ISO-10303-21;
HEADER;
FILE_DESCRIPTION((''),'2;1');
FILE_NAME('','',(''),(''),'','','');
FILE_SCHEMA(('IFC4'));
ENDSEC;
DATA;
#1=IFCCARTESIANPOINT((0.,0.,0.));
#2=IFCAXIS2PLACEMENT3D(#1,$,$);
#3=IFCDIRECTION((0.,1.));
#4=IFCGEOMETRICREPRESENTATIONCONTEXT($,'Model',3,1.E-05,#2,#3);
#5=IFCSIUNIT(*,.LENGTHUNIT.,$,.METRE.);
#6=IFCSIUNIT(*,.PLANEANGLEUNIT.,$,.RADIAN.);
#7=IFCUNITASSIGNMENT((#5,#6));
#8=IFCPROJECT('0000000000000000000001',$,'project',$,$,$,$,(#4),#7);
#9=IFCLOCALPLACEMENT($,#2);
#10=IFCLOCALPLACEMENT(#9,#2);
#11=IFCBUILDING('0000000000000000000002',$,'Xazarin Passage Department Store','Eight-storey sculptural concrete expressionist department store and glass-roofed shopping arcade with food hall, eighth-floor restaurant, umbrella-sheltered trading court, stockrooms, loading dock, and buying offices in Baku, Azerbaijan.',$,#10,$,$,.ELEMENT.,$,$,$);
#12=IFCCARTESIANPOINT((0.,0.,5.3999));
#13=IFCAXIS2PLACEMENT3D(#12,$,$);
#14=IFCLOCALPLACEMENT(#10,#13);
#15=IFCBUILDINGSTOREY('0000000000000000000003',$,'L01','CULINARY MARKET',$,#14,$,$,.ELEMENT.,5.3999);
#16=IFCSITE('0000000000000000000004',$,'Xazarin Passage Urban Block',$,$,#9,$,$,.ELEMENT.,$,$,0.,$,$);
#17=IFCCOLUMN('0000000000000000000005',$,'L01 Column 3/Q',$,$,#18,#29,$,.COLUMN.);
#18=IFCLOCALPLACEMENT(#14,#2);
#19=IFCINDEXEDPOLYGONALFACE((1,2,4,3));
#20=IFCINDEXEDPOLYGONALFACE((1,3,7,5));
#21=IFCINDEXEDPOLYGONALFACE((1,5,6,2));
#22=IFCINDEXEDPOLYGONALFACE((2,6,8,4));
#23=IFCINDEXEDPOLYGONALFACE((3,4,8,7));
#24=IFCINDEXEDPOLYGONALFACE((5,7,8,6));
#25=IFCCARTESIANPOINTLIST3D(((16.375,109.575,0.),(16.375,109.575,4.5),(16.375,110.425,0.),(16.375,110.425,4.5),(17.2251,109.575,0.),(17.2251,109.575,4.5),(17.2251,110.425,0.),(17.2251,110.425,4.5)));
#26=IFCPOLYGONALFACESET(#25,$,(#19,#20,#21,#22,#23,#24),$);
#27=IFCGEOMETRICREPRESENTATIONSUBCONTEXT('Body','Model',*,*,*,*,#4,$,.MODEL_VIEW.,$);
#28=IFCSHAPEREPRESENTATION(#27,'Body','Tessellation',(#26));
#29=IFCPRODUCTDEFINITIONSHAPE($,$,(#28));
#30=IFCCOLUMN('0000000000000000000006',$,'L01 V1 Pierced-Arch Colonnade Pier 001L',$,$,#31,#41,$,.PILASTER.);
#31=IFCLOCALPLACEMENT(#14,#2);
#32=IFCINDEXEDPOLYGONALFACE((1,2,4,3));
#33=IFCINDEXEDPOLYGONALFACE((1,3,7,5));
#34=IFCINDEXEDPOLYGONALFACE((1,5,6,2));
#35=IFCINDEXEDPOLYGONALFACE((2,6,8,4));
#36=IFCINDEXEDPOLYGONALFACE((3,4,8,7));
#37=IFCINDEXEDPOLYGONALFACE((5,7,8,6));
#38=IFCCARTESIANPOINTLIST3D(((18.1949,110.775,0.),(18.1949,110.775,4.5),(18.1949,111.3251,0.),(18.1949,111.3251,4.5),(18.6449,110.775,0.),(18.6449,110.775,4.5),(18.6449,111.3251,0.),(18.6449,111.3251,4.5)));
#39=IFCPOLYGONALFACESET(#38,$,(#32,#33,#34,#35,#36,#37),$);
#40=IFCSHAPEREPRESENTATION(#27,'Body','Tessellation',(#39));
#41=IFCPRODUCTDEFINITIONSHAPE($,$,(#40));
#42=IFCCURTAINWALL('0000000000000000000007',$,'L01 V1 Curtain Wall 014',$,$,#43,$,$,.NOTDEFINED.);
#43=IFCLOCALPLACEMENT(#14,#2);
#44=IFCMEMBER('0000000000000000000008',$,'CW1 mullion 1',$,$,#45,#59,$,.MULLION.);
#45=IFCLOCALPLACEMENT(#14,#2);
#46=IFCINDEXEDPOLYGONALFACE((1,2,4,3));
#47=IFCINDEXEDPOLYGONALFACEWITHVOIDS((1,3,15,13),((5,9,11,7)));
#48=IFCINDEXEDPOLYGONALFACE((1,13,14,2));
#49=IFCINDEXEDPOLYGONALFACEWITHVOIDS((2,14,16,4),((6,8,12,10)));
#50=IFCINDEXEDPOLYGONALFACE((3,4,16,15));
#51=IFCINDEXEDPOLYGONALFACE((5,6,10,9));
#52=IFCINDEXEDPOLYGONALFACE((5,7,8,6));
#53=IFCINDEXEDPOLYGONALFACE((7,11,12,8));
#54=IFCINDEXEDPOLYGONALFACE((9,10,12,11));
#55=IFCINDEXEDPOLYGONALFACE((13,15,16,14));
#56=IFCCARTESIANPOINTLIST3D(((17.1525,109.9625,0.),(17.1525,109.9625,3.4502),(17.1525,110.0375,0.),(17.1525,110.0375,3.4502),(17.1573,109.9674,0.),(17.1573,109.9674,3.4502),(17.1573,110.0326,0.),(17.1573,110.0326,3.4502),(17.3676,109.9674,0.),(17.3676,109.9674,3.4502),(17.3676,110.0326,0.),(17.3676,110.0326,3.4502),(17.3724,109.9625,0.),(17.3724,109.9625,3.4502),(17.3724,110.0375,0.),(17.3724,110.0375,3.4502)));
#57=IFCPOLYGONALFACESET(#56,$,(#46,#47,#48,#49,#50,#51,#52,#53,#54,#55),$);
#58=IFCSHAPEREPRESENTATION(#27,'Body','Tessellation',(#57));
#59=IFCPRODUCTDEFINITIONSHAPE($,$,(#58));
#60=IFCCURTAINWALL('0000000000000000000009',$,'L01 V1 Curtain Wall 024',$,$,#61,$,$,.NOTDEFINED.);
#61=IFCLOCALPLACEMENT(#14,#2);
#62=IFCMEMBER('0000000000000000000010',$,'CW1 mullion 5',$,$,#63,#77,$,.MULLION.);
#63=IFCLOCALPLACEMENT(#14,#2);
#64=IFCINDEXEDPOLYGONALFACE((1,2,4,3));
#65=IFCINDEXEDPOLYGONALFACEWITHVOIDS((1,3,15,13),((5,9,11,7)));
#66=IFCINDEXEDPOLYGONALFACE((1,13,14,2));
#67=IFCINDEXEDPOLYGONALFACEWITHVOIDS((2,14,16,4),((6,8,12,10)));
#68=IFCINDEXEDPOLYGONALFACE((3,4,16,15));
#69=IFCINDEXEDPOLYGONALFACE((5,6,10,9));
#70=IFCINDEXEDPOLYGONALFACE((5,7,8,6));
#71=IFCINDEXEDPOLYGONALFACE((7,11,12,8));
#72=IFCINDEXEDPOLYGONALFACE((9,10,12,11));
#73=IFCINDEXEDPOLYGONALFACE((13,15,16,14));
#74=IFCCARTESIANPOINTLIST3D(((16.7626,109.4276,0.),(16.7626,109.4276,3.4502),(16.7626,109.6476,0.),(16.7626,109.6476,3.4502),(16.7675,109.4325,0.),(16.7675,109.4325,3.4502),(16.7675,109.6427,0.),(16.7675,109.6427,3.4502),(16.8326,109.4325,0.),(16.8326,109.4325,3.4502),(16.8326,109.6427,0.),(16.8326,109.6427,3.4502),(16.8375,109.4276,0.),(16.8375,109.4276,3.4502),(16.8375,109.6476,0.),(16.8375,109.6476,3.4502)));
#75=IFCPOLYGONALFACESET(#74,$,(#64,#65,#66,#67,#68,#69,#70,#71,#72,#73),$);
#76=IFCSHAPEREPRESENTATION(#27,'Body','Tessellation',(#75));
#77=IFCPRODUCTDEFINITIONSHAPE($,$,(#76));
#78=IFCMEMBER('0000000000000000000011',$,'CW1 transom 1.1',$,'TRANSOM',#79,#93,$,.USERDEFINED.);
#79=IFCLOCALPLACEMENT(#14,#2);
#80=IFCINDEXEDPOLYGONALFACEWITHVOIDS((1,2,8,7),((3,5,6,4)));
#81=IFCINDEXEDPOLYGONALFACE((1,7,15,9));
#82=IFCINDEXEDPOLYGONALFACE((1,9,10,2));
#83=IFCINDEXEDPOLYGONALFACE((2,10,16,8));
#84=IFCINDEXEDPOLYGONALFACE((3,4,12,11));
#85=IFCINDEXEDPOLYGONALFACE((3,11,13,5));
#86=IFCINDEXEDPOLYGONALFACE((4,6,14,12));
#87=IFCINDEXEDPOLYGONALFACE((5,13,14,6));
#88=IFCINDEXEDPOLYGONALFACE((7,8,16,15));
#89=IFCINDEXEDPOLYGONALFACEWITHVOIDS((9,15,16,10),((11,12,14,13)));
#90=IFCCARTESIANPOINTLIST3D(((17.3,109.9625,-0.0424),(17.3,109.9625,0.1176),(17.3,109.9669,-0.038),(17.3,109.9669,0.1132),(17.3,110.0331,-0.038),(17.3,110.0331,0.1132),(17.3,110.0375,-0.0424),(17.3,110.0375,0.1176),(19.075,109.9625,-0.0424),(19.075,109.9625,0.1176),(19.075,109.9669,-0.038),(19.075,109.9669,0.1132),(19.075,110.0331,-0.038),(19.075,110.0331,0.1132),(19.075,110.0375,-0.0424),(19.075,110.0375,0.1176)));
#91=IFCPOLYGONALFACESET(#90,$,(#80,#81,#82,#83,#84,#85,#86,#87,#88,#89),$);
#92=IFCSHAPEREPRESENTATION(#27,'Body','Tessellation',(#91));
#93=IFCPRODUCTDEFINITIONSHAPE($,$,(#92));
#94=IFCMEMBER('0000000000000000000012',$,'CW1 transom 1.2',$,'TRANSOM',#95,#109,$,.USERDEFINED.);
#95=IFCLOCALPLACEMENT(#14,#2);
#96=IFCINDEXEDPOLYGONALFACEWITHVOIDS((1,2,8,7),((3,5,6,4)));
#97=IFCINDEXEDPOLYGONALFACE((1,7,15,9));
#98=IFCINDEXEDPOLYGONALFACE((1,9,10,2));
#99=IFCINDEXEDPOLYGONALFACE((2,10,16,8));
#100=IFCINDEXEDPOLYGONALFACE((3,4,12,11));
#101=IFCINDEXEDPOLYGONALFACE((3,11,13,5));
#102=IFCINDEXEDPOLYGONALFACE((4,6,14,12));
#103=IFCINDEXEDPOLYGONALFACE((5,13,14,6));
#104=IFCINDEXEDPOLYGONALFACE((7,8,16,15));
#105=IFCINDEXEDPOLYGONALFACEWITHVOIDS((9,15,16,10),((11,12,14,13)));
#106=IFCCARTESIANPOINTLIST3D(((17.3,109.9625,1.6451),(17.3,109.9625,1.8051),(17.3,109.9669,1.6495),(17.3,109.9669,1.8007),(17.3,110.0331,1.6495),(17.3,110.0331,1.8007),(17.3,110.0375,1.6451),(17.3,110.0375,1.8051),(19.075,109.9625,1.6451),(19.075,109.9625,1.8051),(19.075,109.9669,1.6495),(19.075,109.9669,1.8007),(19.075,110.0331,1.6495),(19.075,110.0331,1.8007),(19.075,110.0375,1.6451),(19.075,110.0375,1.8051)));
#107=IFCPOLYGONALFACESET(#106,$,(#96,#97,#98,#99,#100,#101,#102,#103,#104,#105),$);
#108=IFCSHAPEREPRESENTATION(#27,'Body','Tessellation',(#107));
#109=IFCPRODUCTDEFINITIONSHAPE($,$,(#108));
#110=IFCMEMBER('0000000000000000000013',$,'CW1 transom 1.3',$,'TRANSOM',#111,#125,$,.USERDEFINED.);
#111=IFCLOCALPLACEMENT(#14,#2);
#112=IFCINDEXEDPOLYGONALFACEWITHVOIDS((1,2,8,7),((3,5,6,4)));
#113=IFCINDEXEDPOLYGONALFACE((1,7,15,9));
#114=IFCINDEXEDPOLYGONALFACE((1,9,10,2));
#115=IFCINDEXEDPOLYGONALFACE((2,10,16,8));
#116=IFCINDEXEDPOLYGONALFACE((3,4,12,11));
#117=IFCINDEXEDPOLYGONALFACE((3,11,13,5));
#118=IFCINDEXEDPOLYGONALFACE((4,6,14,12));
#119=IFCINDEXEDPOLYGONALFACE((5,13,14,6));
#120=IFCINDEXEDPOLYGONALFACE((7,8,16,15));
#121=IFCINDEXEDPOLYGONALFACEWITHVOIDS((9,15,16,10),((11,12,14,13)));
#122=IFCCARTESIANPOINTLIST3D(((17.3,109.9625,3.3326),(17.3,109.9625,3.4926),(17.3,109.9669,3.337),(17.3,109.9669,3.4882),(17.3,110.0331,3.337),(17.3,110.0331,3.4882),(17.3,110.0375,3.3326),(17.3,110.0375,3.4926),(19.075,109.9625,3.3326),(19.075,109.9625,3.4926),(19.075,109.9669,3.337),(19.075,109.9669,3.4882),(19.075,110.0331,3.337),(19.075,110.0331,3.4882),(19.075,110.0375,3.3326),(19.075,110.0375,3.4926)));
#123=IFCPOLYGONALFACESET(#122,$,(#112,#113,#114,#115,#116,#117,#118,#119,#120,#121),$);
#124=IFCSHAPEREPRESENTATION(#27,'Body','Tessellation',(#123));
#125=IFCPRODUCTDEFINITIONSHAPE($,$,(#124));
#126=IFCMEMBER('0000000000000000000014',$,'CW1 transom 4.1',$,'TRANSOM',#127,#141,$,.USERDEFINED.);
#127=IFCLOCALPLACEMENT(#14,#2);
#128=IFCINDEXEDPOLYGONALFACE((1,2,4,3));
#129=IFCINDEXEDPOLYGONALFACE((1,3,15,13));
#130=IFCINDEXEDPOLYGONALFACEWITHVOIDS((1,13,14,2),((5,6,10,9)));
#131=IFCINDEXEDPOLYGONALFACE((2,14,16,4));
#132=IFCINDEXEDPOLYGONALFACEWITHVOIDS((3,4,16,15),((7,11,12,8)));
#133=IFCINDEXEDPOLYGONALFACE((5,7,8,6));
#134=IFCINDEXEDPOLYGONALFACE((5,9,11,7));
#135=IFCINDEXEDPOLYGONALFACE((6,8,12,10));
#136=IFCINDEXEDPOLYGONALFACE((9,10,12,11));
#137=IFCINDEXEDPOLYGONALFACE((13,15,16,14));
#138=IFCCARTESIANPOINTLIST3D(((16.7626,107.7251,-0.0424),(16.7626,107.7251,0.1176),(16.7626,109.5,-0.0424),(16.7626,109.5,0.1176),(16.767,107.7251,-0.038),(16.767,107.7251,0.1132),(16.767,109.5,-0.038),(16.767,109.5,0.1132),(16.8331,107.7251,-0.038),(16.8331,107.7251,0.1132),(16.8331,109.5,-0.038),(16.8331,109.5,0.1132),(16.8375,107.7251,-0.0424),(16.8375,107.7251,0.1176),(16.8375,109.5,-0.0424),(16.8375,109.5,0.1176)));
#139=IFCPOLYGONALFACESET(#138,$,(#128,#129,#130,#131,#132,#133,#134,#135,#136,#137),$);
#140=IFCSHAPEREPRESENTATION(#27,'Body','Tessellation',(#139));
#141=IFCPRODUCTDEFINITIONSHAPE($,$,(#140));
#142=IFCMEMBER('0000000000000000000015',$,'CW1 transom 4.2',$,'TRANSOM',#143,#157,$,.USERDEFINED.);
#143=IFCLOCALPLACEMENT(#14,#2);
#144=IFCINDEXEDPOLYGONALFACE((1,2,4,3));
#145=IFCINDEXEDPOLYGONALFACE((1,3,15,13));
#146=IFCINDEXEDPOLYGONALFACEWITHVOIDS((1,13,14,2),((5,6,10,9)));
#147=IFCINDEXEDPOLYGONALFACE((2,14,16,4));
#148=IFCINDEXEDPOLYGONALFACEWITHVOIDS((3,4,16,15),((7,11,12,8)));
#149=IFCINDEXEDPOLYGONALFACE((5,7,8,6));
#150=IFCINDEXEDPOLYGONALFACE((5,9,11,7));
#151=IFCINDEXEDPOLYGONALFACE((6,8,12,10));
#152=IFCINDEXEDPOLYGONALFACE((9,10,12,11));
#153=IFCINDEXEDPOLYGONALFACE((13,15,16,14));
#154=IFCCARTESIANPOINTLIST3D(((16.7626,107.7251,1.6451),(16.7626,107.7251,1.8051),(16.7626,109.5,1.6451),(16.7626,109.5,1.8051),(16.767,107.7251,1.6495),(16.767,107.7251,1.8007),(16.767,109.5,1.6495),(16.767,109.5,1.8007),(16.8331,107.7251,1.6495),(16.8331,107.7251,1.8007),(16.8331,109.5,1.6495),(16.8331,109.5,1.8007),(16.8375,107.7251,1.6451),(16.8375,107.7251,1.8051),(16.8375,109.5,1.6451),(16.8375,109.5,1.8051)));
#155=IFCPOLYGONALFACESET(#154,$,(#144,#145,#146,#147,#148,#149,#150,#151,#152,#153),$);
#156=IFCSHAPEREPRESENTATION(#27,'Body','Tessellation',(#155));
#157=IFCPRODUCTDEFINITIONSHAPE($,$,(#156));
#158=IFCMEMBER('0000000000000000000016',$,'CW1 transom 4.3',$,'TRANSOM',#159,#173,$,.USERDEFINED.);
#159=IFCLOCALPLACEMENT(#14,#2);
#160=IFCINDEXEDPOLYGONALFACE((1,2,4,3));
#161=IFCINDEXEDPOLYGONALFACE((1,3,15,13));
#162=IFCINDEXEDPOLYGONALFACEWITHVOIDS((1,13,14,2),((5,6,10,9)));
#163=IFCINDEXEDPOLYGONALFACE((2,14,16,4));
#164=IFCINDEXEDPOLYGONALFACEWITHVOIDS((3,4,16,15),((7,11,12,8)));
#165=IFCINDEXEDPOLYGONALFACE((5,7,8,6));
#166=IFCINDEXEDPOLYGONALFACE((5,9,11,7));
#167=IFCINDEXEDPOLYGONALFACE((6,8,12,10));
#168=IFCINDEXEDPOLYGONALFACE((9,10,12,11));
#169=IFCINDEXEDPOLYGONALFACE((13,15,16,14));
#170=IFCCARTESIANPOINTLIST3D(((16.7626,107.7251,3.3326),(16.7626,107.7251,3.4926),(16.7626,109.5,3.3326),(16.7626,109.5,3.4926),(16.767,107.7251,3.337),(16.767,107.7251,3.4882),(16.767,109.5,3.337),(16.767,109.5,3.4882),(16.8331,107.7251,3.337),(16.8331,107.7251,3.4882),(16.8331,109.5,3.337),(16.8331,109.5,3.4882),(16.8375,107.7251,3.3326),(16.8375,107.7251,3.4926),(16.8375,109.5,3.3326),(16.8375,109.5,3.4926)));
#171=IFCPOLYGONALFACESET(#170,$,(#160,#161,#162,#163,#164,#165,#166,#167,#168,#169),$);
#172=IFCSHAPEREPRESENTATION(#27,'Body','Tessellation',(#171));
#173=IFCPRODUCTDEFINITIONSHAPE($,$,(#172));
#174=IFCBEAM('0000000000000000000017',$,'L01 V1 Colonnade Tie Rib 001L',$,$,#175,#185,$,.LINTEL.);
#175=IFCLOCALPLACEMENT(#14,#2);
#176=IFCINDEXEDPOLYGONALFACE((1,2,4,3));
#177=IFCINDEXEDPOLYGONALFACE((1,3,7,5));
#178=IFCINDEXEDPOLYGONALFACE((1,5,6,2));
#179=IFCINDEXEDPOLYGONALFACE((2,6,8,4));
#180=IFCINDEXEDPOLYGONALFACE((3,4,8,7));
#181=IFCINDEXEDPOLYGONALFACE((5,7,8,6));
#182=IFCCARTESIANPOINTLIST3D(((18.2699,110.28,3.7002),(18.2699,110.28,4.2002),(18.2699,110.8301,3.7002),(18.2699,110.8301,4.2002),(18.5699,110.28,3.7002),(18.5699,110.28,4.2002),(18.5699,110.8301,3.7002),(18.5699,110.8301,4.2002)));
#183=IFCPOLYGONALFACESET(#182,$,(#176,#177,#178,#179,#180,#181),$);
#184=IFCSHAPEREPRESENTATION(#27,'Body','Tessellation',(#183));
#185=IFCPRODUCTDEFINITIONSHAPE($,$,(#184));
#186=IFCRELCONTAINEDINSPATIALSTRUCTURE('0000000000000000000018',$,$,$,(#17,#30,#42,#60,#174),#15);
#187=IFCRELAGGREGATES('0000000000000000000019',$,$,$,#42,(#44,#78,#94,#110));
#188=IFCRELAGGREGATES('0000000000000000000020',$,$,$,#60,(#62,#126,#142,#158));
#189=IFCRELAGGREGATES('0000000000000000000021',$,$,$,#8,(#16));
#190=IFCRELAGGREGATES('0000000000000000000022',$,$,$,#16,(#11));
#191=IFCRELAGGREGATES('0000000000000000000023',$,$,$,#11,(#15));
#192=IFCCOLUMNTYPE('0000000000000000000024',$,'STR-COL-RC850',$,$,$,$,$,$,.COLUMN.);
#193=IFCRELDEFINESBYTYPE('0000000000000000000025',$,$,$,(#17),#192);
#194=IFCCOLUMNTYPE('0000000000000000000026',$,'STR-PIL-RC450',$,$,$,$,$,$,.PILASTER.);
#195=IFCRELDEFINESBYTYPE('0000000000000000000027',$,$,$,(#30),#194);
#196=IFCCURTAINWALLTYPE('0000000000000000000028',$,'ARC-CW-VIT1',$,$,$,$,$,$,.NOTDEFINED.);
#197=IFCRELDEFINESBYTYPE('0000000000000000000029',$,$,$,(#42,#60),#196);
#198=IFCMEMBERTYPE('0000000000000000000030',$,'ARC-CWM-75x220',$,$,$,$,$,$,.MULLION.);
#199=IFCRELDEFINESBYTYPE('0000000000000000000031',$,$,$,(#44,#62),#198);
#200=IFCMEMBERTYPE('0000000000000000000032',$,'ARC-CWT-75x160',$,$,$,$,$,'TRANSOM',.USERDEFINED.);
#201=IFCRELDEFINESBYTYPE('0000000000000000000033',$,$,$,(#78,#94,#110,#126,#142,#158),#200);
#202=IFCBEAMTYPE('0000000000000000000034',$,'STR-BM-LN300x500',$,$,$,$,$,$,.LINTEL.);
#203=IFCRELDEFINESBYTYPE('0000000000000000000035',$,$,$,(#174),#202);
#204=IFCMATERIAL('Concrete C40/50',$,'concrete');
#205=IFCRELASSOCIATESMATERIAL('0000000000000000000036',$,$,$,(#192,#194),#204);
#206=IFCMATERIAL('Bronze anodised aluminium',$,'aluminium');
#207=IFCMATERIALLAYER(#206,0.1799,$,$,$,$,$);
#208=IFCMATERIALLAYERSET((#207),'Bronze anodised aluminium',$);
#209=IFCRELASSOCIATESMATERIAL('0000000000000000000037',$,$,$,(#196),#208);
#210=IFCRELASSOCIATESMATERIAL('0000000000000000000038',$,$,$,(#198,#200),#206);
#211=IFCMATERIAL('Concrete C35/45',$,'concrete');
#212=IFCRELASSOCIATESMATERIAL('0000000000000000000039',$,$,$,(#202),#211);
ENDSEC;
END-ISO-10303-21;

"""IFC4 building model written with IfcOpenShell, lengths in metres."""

from ifc_helpers import new_model, si_unit, direction, frame, origin, origin_2d, place, context, subcontext, project, spatial, rectangle, hollow_rectangle, extrude, material, layer, layer_set, material_profile, profile_set, type_object, element, aggregate, save


model = new_model("IFC4")

# Units and contexts
model_context = context("Model", 3, precision=1e-05, world=origin(), true_north=direction((0.0, 1.0)))
body_context = subcontext(model_context, "Body", "Model", "MODEL_VIEW")
ifc_project = project(units=[si_unit("LENGTHUNIT", "METRE"), si_unit("PLANEANGLEUNIT", "RADIAN")], contexts=[model_context])

# Site, building, storey
site_placement = place(None, origin())
site = spatial("IfcSite", under=ifc_project, at=site_placement, Name="Xazarin Passage Urban Block", CompositionType="ELEMENT", RefElevation=0.0)
building_placement = place(site_placement, origin())
building = spatial("IfcBuilding", under=site, at=building_placement, Name="Xazarin Passage Department Store", Description="Eight-storey sculptural concrete expressionist department store and glass-roofed shopping arcade with food hall, eighth-floor restaurant, umbrella-sheltered trading court, stockrooms, loading dock, and buying offices in Baku, Azerbaijan.", CompositionType="ELEMENT")
storey_placement = place(building_placement, frame((0.0, 0.0, 5.3999)))
storey = spatial("IfcBuildingStorey", under=building, at=storey_placement, Name="L01", Description="CULINARY MARKET", CompositionType="ELEMENT", Elevation=5.3999)

# Columns
ifc_material_1 = material(Name="Concrete C40/50", Category="concrete")
ifc_material_profile_1 = material_profile(ifc_material_1, rectangle(XDim=0.8501, YDim=0.8501, at=origin_2d()), Name="RC 850x850")
ifc_profile_set_1 = profile_set([ifc_material_profile_1], Name="Concrete C40/50")
column_type_1 = type_object("IfcColumnType", Name="STR-COL-RC850", PredefinedType="COLUMN", material=ifc_profile_set_1)
column_1_placement = place(storey_placement, frame((16.8, 110.0, 0.0), z_axis=(0.0, 0.0, 1.0), x_axis=(1.0, 0.0, 0.0)))
element("IfcColumn", 1, at=column_1_placement, inside=storey, type_object=column_type_1, Name="L01 Column 3/Q", PredefinedType="COLUMN", context=body_context, shape_type="SweptSolid", body=[
    extrude(rectangle(XDim=0.8501, YDim=0.8501, at=origin_2d()), origin(), (0.0, 0.0, 1.0), 4.5),
])
ifc_material_profile_2 = material_profile(ifc_material_1, rectangle(XDim=0.45, YDim=0.55, at=origin_2d()), Name="RC 450x550")
ifc_profile_set_2 = profile_set([ifc_material_profile_2], Name="Concrete C40/50")
column_type_2 = type_object("IfcColumnType", Name="STR-PIL-RC450", PredefinedType="PILASTER", material=ifc_profile_set_2)
column_2_placement = place(storey_placement, frame((18.4199, 111.05, 0.0), z_axis=(0.0, 0.0, 1.0), x_axis=(1.0, 0.0, 0.0)))
element("IfcColumn", 2, at=column_2_placement, inside=storey, type_object=column_type_2, Name="L01 V1 Pierced-Arch Colonnade Pier 001L", PredefinedType="PILASTER", context=body_context, shape_type="SweptSolid", body=[
    extrude(rectangle(XDim=0.45, YDim=0.55, at=origin_2d()), origin(), (0.0, 0.0, 1.0), 4.5),
])

# Curtain walls, members
ifc_material_2 = material(Name="Bronze anodised aluminium", Category="aluminium")
ifc_layer_1 = layer(ifc_material_2, 0.1799)
ifc_layer_set_1 = layer_set([ifc_layer_1], Name="Bronze anodised aluminium")
curtain_wall_type = type_object("IfcCurtainWallType", Name="ARC-CW-VIT1", PredefinedType="NOTDEFINED", material=ifc_layer_set_1)
curtain_wall_1_placement = place(storey_placement, origin())
curtain_wall_1 = element("IfcCurtainWall", 3, at=curtain_wall_1_placement, inside=storey, type_object=curtain_wall_type, Name="L01 V1 Curtain Wall 014", PredefinedType="NOTDEFINED")
ifc_material_profile_3 = material_profile(ifc_material_2, hollow_rectangle(XDim=0.075, YDim=0.22, WallThickness=0.0049, at=origin_2d()), Name="ALU 75x220")
ifc_profile_set_3 = profile_set([ifc_material_profile_3], Name="Bronze anodised aluminium")
member_type_1 = type_object("IfcMemberType", Name="ARC-CWM-75x220", PredefinedType="MULLION", material=ifc_profile_set_3)
member_1_placement = place(storey_placement, frame((17.2625, 110.0, 0.0), z_axis=(0.0, 0.0, 1.0), x_axis=(0.0, 1.0, 0.0)))
member_1 = element("IfcMember", 4, at=member_1_placement, type_object=member_type_1, Name="CW1 mullion 1", PredefinedType="MULLION", context=body_context, shape_type="SweptSolid", body=[
    extrude(hollow_rectangle(XDim=0.075, YDim=0.22, WallThickness=0.0049, at=origin_2d()), origin(), (0.0, 0.0, 1.0), 3.4502),
])
curtain_wall_2_placement = place(storey_placement, origin())
curtain_wall_2 = element("IfcCurtainWall", 5, at=curtain_wall_2_placement, inside=storey, type_object=curtain_wall_type, Name="L01 V1 Curtain Wall 024", PredefinedType="NOTDEFINED")
member_2_placement = place(storey_placement, frame((16.8, 109.5376, 0.0), z_axis=(0.0, 0.0, 1.0), x_axis=(-1.0, 0.0, 0.0)))
member_2 = element("IfcMember", 6, at=member_2_placement, type_object=member_type_1, Name="CW1 mullion 5", PredefinedType="MULLION", context=body_context, shape_type="SweptSolid", body=[
    extrude(hollow_rectangle(XDim=0.075, YDim=0.22, WallThickness=0.0049, at=origin_2d()), origin(), (0.0, 0.0, 1.0), 3.4502),
])

# Members
ifc_material_profile_4 = material_profile(ifc_material_2, hollow_rectangle(XDim=0.075, YDim=0.1599, WallThickness=0.0044, at=origin_2d()), Name="ALU 75x160")
ifc_profile_set_4 = profile_set([ifc_material_profile_4], Name="Bronze anodised aluminium")
member_type_2 = type_object("IfcMemberType", Name="ARC-CWT-75x160", ElementType="TRANSOM", PredefinedType="USERDEFINED", material=ifc_profile_set_4)
member_3_placement = place(storey_placement, frame((17.3, 110.0, 0.0376), z_axis=(1.0, 0.0, 0.0), x_axis=(0.0, 1.0, 0.0)))
member_3 = element("IfcMember", 7, at=member_3_placement, type_object=member_type_2, Name="CW1 transom 1.1", ObjectType="TRANSOM", PredefinedType="USERDEFINED", context=body_context, shape_type="SweptSolid", body=[
    extrude(hollow_rectangle(XDim=0.075, YDim=0.1599, WallThickness=0.0044, at=origin_2d()), origin(), (0.0, 0.0, 1.0), 1.7749),
])
member_4_placement = place(storey_placement, frame((17.3, 110.0, 1.7251), z_axis=(1.0, 0.0, 0.0), x_axis=(0.0, 1.0, 0.0)))
member_4 = element("IfcMember", 8, at=member_4_placement, type_object=member_type_2, Name="CW1 transom 1.2", ObjectType="TRANSOM", PredefinedType="USERDEFINED", context=body_context, shape_type="SweptSolid", body=[
    extrude(hollow_rectangle(XDim=0.075, YDim=0.1599, WallThickness=0.0044, at=origin_2d()), origin(), (0.0, 0.0, 1.0), 1.7749),
])
member_5_placement = place(storey_placement, frame((17.3, 110.0, 3.4126), z_axis=(1.0, 0.0, 0.0), x_axis=(0.0, 1.0, 0.0)))
member_5 = element("IfcMember", 9, at=member_5_placement, type_object=member_type_2, Name="CW1 transom 1.3", ObjectType="TRANSOM", PredefinedType="USERDEFINED", context=body_context, shape_type="SweptSolid", body=[
    extrude(hollow_rectangle(XDim=0.075, YDim=0.1599, WallThickness=0.0044, at=origin_2d()), origin(), (0.0, 0.0, 1.0), 1.7749),
])
member_6_placement = place(storey_placement, frame((16.8, 107.7251, 0.0376), z_axis=(0.0, 1.0, 0.0), x_axis=(-1.0, 0.0, 0.0)))
member_6 = element("IfcMember", 10, at=member_6_placement, type_object=member_type_2, Name="CW1 transom 4.1", ObjectType="TRANSOM", PredefinedType="USERDEFINED", context=body_context, shape_type="SweptSolid", body=[
    extrude(hollow_rectangle(XDim=0.075, YDim=0.1599, WallThickness=0.0044, at=origin_2d()), origin(), (0.0, 0.0, 1.0), 1.7749),
])
member_7_placement = place(storey_placement, frame((16.8, 107.7251, 1.7251), z_axis=(0.0, 1.0, 0.0), x_axis=(-1.0, 0.0, 0.0)))
member_7 = element("IfcMember", 11, at=member_7_placement, type_object=member_type_2, Name="CW1 transom 4.2", ObjectType="TRANSOM", PredefinedType="USERDEFINED", context=body_context, shape_type="SweptSolid", body=[
    extrude(hollow_rectangle(XDim=0.075, YDim=0.1599, WallThickness=0.0044, at=origin_2d()), origin(), (0.0, 0.0, 1.0), 1.7749),
])
member_8_placement = place(storey_placement, frame((16.8, 107.7251, 3.4126), z_axis=(0.0, 1.0, 0.0), x_axis=(-1.0, 0.0, 0.0)))
member_8 = element("IfcMember", 12, at=member_8_placement, type_object=member_type_2, Name="CW1 transom 4.3", ObjectType="TRANSOM", PredefinedType="USERDEFINED", context=body_context, shape_type="SweptSolid", body=[
    extrude(hollow_rectangle(XDim=0.075, YDim=0.1599, WallThickness=0.0044, at=origin_2d()), origin(), (0.0, 0.0, 1.0), 1.7749),
])

# Beam
ifc_material_3 = material(Name="Concrete C35/45", Category="concrete")
ifc_material_profile_5 = material_profile(ifc_material_3, rectangle(XDim=0.3, YDim=0.5, at=origin_2d()), Name="RC 300x500")
ifc_profile_set_5 = profile_set([ifc_material_profile_5], Name="Concrete C35/45")
beam_type_1 = type_object("IfcBeamType", Name="STR-BM-LN300x500", PredefinedType="LINTEL", material=ifc_profile_set_5)
beam_1_placement = place(storey_placement, frame((18.4199, 110.28, 3.9502), z_axis=(0.0, 1.0, 0.0), x_axis=(-1.0, 0.0, 0.0)))
element("IfcBeam", 13, at=beam_1_placement, inside=storey, type_object=beam_type_1, Name="L01 V1 Colonnade Tie Rib 001L", PredefinedType="LINTEL", context=body_context, shape_type="SweptSolid", body=[
    extrude(rectangle(XDim=0.3, YDim=0.5, at=origin_2d()), origin(), (0.0, 0.0, 1.0), 0.55),
])

aggregate(curtain_wall_1, [member_1, member_3, member_4, member_5])
aggregate(curtain_wall_2, [member_2, member_6, member_7, member_8])

save(model, "model.ifc")
